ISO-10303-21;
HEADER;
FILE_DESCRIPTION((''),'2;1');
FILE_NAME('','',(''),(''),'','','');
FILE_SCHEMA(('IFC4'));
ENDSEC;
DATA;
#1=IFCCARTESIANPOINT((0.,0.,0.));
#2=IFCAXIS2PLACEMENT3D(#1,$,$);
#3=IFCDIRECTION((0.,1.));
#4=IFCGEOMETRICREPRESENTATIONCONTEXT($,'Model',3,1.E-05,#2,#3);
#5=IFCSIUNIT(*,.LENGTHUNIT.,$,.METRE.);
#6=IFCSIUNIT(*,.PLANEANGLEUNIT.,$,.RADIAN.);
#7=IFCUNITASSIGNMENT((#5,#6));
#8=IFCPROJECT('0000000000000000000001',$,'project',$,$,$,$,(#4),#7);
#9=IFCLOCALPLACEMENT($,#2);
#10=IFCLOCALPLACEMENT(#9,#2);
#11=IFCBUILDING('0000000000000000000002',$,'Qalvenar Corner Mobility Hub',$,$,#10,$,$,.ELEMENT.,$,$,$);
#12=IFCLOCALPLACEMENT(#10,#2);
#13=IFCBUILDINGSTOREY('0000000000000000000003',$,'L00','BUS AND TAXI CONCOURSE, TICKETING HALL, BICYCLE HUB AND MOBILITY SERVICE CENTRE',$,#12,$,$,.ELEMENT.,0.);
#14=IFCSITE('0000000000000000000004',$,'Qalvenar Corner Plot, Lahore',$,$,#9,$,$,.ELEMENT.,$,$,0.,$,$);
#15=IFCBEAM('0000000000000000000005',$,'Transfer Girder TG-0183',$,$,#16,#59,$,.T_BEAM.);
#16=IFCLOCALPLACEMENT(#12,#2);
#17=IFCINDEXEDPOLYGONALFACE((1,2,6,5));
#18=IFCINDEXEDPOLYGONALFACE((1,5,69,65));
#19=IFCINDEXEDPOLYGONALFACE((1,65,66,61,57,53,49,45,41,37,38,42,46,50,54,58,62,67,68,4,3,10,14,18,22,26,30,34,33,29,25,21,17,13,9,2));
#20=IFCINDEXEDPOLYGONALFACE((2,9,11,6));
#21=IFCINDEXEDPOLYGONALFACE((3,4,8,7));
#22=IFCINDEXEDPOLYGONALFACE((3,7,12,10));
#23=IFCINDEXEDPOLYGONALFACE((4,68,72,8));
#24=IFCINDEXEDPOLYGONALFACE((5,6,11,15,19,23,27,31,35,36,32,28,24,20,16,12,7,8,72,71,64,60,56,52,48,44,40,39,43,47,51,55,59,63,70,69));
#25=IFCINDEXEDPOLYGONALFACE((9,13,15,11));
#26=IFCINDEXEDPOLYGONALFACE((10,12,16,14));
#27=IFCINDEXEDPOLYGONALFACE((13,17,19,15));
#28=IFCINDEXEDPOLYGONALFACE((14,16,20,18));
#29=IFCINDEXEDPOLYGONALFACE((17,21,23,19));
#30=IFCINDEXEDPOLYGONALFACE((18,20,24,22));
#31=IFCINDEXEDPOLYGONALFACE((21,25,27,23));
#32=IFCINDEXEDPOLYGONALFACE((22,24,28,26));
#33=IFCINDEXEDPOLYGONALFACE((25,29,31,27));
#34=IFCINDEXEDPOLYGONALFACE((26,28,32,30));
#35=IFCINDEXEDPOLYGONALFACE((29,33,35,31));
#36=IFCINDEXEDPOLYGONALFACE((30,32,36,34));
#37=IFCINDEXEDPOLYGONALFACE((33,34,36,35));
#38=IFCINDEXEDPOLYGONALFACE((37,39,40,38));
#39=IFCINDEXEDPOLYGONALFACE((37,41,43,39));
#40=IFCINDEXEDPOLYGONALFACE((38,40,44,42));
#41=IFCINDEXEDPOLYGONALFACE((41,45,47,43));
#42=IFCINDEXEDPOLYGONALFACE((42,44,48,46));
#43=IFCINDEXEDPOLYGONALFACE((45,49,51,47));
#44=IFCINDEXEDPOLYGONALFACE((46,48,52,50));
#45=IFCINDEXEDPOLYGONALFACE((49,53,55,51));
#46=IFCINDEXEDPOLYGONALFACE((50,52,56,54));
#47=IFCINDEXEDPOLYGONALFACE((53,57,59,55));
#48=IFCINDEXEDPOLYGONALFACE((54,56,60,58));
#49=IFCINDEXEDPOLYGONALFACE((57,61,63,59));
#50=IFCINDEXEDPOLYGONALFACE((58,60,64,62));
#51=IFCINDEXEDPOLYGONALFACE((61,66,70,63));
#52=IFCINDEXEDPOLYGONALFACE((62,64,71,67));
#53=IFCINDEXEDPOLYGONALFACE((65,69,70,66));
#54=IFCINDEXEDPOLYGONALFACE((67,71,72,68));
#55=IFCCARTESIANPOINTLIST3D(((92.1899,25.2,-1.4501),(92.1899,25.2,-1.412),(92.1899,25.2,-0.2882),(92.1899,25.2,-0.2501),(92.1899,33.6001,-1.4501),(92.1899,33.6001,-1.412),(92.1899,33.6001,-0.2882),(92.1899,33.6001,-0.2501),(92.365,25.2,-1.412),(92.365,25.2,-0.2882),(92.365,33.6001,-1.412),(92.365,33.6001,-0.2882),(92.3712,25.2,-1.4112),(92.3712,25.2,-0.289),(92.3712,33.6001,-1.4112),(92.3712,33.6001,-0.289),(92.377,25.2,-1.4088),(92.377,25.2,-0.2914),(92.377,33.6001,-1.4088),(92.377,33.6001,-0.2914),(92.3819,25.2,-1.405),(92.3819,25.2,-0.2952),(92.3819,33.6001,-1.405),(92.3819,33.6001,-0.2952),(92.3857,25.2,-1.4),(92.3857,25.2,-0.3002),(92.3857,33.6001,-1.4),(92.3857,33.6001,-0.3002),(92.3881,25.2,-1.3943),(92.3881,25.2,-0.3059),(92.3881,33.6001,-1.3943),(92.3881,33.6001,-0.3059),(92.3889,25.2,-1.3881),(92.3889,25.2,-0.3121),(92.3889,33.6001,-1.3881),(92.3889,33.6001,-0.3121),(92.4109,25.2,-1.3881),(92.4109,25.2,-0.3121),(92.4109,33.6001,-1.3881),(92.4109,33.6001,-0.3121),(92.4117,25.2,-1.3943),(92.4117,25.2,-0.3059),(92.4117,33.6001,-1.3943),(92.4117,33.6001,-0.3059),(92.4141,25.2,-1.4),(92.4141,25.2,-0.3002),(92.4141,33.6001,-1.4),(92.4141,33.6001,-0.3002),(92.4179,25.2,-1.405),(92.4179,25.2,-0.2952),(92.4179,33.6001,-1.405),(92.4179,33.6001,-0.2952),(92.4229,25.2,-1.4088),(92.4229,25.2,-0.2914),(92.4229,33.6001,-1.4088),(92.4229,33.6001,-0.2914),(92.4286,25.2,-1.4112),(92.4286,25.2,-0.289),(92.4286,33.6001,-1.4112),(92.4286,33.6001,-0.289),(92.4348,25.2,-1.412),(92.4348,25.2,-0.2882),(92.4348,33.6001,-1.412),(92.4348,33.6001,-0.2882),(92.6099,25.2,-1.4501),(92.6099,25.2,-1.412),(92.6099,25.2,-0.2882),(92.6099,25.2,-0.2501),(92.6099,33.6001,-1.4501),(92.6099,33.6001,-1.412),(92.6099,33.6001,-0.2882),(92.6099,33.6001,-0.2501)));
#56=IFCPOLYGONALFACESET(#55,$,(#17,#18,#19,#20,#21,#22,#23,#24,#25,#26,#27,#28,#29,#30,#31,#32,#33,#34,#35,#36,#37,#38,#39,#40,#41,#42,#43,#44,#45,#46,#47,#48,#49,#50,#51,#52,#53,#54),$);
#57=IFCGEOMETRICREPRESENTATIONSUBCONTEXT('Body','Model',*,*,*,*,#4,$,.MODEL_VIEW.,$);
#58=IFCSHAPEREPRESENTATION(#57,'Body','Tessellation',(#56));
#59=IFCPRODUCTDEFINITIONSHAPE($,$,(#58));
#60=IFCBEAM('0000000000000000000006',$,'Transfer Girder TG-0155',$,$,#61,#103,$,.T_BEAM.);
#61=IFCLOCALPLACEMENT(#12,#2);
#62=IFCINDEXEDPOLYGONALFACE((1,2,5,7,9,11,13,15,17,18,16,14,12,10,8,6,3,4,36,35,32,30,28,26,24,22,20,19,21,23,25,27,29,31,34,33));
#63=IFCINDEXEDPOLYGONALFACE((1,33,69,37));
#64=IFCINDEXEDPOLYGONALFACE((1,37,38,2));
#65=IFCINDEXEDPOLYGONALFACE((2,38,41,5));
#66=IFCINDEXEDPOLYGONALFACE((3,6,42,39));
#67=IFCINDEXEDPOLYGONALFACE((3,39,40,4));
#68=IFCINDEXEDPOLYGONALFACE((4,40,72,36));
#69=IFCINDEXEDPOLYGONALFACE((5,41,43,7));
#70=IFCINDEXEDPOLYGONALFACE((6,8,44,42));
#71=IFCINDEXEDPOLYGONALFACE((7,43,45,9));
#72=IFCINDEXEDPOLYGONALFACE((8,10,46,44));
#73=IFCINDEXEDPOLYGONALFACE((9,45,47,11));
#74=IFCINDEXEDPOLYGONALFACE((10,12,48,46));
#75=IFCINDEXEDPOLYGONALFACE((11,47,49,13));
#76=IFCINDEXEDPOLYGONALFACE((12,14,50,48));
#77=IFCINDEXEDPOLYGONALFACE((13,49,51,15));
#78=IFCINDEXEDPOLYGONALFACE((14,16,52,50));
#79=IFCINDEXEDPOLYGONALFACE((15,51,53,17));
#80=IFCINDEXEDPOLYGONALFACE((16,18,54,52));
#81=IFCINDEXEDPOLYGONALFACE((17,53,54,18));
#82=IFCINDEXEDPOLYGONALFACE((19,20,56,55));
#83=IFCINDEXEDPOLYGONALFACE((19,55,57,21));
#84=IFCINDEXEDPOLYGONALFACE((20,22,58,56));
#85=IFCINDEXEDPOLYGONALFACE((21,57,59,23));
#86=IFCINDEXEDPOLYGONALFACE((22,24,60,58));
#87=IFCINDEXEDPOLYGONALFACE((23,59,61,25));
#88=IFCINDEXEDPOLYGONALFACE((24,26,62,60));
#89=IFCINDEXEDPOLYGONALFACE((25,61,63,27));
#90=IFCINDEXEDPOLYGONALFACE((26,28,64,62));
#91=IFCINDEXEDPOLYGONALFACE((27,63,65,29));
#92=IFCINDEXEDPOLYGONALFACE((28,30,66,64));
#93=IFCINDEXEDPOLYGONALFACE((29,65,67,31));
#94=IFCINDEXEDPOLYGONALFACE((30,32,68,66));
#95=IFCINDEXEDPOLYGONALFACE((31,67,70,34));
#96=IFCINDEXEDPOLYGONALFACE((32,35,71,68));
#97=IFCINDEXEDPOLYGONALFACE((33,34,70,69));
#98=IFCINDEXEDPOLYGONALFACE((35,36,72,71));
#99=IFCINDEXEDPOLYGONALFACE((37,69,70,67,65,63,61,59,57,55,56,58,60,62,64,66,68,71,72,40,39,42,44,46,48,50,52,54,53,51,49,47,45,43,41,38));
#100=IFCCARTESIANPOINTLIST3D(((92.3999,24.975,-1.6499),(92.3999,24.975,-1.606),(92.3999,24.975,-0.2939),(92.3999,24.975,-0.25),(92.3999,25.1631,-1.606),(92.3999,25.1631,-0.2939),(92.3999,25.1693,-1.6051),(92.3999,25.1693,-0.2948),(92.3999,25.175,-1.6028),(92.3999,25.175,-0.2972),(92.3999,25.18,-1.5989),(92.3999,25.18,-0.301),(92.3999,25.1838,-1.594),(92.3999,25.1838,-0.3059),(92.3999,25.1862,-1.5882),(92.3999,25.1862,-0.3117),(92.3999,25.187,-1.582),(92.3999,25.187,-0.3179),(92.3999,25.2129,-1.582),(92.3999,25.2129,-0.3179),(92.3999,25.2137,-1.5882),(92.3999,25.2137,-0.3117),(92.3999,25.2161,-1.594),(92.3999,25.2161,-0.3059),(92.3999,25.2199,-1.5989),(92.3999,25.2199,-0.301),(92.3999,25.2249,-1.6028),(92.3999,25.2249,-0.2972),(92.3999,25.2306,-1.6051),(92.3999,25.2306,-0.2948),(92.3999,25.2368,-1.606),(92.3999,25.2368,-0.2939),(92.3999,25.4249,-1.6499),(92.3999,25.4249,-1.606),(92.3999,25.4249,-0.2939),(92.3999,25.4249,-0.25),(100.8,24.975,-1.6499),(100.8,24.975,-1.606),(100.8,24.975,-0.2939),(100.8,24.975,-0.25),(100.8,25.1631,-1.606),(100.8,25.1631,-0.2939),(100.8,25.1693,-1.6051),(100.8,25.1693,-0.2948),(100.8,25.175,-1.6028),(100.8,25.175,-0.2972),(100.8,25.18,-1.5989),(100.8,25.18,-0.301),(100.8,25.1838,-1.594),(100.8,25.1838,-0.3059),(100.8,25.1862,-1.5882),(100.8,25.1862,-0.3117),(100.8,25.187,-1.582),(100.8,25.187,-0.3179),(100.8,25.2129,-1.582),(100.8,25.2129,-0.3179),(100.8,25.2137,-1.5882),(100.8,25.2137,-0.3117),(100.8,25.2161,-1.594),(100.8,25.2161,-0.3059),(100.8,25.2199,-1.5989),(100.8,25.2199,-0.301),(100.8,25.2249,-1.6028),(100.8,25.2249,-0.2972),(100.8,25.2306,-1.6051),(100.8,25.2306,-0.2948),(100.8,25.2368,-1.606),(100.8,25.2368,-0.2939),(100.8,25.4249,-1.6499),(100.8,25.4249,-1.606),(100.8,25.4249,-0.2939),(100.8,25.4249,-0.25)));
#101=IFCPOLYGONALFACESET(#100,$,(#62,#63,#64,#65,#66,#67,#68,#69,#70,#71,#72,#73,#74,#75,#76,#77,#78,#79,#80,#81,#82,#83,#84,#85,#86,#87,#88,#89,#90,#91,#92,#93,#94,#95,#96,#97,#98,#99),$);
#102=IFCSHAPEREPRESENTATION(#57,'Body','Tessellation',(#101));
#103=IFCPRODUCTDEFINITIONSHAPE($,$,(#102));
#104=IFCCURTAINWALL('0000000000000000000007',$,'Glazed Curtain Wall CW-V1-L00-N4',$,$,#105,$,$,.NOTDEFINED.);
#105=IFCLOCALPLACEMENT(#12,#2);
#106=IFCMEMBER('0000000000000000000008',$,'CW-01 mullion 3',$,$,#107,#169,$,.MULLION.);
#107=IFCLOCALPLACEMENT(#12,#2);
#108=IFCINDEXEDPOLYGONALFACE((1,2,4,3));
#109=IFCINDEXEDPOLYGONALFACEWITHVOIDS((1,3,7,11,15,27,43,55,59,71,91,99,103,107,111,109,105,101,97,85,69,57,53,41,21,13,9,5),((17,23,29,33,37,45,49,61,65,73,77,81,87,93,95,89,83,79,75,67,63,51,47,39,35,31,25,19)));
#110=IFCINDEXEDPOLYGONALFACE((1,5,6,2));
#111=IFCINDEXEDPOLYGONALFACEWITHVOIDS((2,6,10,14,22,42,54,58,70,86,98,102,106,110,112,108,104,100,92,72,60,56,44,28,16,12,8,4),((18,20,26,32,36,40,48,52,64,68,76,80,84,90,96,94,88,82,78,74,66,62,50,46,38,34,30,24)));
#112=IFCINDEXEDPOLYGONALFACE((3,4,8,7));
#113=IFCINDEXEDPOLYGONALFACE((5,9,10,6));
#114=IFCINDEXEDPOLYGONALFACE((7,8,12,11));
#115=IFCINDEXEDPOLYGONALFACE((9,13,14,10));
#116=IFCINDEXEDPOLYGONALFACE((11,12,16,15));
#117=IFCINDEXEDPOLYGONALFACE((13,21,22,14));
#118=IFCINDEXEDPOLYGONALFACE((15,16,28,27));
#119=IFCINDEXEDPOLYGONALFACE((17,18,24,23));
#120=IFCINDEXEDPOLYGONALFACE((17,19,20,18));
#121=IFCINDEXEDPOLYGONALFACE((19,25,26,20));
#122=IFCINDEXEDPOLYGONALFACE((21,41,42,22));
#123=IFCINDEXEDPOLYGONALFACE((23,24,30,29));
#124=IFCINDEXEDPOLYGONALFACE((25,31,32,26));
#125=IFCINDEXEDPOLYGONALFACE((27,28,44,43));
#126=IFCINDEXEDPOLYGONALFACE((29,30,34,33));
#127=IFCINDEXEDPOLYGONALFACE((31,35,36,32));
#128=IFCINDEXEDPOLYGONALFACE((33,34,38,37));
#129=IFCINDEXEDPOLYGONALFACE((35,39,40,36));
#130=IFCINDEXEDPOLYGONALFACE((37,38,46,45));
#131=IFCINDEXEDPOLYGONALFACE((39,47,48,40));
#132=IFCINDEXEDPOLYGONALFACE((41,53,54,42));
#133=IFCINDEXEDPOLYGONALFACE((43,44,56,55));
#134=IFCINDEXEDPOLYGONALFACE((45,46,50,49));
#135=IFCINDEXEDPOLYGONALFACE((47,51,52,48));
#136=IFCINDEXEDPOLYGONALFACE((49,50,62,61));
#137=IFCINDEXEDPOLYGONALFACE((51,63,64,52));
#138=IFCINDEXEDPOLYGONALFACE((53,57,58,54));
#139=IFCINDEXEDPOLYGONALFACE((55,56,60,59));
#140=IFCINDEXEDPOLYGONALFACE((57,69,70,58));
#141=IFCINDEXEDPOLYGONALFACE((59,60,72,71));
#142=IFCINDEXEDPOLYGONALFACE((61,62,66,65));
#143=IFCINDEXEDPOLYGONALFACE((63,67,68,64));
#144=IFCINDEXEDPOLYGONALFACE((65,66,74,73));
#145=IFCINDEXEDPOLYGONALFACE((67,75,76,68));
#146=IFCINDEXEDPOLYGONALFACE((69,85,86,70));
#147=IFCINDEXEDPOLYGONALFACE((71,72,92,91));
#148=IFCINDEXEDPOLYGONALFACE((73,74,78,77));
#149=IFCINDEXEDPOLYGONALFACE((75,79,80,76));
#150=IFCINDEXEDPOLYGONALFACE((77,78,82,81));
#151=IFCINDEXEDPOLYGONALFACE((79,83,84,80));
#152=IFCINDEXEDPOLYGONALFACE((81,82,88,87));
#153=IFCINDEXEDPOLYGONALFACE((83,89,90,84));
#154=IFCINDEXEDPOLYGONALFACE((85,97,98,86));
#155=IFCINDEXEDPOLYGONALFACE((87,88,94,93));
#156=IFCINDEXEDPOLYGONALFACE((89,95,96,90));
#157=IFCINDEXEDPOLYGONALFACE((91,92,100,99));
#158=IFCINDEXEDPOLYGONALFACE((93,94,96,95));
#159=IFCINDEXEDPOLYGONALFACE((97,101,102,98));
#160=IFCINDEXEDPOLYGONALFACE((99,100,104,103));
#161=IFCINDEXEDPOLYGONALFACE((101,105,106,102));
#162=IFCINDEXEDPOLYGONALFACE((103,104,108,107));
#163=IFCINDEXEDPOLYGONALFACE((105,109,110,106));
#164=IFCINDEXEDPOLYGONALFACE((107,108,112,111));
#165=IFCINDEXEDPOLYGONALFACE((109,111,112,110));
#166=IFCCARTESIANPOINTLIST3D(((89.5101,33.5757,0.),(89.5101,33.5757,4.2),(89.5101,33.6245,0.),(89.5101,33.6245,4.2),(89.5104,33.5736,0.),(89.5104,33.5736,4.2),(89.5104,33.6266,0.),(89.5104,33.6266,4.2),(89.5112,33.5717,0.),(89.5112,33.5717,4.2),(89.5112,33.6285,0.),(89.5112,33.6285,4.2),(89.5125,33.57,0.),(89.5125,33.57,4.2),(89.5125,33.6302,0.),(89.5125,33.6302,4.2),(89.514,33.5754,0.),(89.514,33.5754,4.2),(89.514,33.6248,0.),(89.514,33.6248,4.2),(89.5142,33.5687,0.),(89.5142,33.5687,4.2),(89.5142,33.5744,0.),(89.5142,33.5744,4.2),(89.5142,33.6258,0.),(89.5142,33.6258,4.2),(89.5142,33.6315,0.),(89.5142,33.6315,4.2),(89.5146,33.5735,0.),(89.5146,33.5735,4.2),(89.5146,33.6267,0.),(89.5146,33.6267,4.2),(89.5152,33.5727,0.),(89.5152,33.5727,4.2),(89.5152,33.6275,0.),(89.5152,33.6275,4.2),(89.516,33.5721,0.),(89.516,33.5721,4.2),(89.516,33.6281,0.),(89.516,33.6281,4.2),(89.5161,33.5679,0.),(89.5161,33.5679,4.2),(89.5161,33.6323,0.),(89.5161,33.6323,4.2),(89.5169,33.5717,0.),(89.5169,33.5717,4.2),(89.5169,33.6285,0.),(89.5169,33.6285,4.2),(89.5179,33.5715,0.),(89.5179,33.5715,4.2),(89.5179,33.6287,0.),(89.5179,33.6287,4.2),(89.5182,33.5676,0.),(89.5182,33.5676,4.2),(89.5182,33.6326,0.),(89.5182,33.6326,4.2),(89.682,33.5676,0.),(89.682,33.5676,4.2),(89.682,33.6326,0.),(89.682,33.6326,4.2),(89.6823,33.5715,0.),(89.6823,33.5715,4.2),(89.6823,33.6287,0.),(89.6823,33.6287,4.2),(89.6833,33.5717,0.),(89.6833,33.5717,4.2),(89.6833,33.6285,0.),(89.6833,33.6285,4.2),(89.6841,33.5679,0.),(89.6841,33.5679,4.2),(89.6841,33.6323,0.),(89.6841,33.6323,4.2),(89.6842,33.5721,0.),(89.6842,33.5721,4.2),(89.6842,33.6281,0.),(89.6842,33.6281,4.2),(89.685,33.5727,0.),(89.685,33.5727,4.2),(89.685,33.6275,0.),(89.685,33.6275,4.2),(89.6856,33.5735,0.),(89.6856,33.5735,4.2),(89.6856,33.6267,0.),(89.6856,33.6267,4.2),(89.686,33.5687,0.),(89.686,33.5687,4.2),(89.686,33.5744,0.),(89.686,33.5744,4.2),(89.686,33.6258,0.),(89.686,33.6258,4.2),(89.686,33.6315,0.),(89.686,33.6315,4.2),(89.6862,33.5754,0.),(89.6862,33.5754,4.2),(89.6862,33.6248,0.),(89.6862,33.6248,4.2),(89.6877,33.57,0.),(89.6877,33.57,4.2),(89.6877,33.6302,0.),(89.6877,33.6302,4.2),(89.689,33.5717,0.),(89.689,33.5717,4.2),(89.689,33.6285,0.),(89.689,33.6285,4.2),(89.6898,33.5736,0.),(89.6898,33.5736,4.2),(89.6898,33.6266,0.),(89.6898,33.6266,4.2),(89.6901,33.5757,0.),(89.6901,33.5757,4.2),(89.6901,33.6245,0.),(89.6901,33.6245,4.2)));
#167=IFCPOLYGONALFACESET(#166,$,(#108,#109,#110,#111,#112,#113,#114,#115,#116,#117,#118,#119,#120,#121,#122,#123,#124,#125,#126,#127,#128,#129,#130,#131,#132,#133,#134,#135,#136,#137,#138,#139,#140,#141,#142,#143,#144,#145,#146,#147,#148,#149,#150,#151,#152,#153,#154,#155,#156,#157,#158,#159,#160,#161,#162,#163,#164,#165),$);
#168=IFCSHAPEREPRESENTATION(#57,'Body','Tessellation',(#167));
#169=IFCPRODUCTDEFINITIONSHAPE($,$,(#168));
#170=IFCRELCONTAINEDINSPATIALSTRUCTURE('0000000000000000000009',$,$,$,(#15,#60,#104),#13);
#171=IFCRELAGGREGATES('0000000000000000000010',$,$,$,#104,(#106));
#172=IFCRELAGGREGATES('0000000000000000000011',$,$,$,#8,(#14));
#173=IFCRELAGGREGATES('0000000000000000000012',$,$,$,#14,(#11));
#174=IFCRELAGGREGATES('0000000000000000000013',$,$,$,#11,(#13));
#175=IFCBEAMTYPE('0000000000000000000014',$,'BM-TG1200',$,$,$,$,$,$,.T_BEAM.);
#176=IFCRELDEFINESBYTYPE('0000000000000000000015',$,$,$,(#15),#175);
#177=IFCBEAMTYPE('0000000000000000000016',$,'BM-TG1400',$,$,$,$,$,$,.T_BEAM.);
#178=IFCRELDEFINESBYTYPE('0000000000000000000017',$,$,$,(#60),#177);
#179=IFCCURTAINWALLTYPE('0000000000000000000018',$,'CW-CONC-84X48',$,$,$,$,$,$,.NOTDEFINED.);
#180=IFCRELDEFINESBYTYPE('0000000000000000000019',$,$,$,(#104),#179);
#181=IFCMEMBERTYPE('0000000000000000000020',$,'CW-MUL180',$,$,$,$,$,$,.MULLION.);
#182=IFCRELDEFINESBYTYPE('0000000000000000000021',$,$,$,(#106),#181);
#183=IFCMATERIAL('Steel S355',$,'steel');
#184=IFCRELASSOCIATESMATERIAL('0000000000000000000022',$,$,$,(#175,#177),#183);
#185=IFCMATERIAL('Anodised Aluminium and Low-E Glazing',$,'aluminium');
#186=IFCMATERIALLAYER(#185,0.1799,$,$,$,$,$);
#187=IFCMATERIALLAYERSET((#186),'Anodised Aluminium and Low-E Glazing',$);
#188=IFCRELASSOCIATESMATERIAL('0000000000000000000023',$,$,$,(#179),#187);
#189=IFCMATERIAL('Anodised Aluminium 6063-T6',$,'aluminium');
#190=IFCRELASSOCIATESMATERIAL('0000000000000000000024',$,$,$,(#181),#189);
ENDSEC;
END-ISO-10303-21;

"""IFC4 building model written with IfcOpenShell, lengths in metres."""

from ifc_helpers import new_model, si_unit, direction, frame, origin, origin_2d, place, context, subcontext, project, spatial, hollow_rectangle, i_section, extrude, material, layer, layer_set, material_profile, profile_set, type_object, element, aggregate, save


model = new_model("IFC4")

# Units and contexts
model_context = context("Model", 3, precision=1e-05, world=origin(), true_north=direction((0.0, 1.0)))
body_context = subcontext(model_context, "Body", "Model", "MODEL_VIEW")
ifc_project = project(units=[si_unit("LENGTHUNIT", "METRE"), si_unit("PLANEANGLEUNIT", "RADIAN")], contexts=[model_context])

# Site, building, storey
site_placement = place(None, origin())
site = spatial("IfcSite", under=ifc_project, at=site_placement, Name="Qalvenar Corner Plot, Lahore", CompositionType="ELEMENT", RefElevation=0.0)
building_placement = place(site_placement, origin())
building = spatial("IfcBuilding", under=site, at=building_placement, Name="Qalvenar Corner Mobility Hub", CompositionType="ELEMENT")
storey_placement = place(building_placement, origin())
storey = spatial("IfcBuildingStorey", under=building, at=storey_placement, Name="L00", Description="BUS AND TAXI CONCOURSE, TICKETING HALL, BICYCLE HUB AND MOBILITY SERVICE CENTRE", CompositionType="ELEMENT", Elevation=0.0)

# Shared definitions
ifc_material_1 = material(Name="Steel S355", Category="steel")

# Beams
ifc_material_profile_1 = material_profile(ifc_material_1, i_section(OverallWidth=0.4199, OverallDepth=1.2, WebThickness=0.022, FlangeThickness=0.0381, FilletRadius=0.0239, at=origin_2d()), Name="W1100x390-TG1200")
ifc_profile_set_1 = profile_set([ifc_material_profile_1], Name="Steel S355")
beam_type_1 = type_object("IfcBeamType", Name="BM-TG1200", PredefinedType="T_BEAM", material=ifc_profile_set_1)
beam_1_placement = place(storey_placement, frame((92.3999, 25.2, -0.8501), z_axis=(0.0, 1.0, 0.0), x_axis=(-1.0, 0.0, 0.0)))
element("IfcBeam", 1, at=beam_1_placement, inside=storey, type_object=beam_type_1, Name="Transfer Girder TG-0183", PredefinedType="T_BEAM", context=body_context, shape_type="SweptSolid", body=[
    extrude(i_section(OverallWidth=0.4199, OverallDepth=1.2, WebThickness=0.022, FlangeThickness=0.0381, FilletRadius=0.0239, at=origin_2d()), origin(), (0.0, 0.0, 1.0), 8.4001),
])
ifc_material_profile_2 = material_profile(ifc_material_1, i_section(OverallWidth=0.45, OverallDepth=1.3999, WebThickness=0.0259, FlangeThickness=0.0439, FilletRadius=0.0239, at=origin_2d()), Name="W1100x499-TG1400")
ifc_profile_set_2 = profile_set([ifc_material_profile_2], Name="Steel S355")
beam_type_2 = type_object("IfcBeamType", Name="BM-TG1400", PredefinedType="T_BEAM", material=ifc_profile_set_2)
beam_2_placement = place(storey_placement, frame((92.3999, 25.2, -0.95), z_axis=(1.0, 0.0, 0.0), x_axis=(0.0, 1.0, 0.0)))
element("IfcBeam", 2, at=beam_2_placement, inside=storey, type_object=beam_type_2, Name="Transfer Girder TG-0155", PredefinedType="T_BEAM", context=body_context, shape_type="SweptSolid", body=[
    extrude(i_section(OverallWidth=0.45, OverallDepth=1.3999, WebThickness=0.0259, FlangeThickness=0.0439, FilletRadius=0.0239, at=origin_2d()), origin(), (0.0, 0.0, 1.0), 8.4001),
])

# Curtain wall, member
ifc_material_2 = material(Name="Anodised Aluminium and Low-E Glazing", Category="aluminium")
ifc_layer_1 = layer(ifc_material_2, 0.1799)
ifc_layer_set_1 = layer_set([ifc_layer_1], Name="Anodised Aluminium and Low-E Glazing")
curtain_wall_type = type_object("IfcCurtainWallType", Name="CW-CONC-84X48", PredefinedType="NOTDEFINED", material=ifc_layer_set_1)
curtain_wall_placement = place(storey_placement, origin())
curtain_wall = element("IfcCurtainWall", 3, at=curtain_wall_placement, inside=storey, type_object=curtain_wall_type, Name="Glazed Curtain Wall CW-V1-L00-N4", PredefinedType="NOTDEFINED")
ifc_material_3 = material(Name="Anodised Aluminium 6063-T6", Category="aluminium")
ifc_material_profile_3 = material_profile(ifc_material_3, hollow_rectangle(XDim=0.0649, YDim=0.1799, WallThickness=0.0039, InnerFilletRadius=0.0039, OuterFilletRadius=0.0081, at=origin_2d()), Name="RHS180x65x4")
ifc_profile_set_3 = profile_set([ifc_material_profile_3], Name="Anodised Aluminium 6063-T6")
member_type_1 = type_object("IfcMemberType", Name="CW-MUL180", PredefinedType="MULLION", material=ifc_profile_set_3)
member_1_placement = place(storey_placement, frame((89.6001, 33.6001, 0.0), z_axis=(0.0, 0.0, 1.0), x_axis=(0.0, -1.0, 0.0)))
member_1 = element("IfcMember", 4, at=member_1_placement, type_object=member_type_1, Name="CW-01 mullion 3", PredefinedType="MULLION", context=body_context, shape_type="SweptSolid", body=[
    extrude(hollow_rectangle(XDim=0.0649, YDim=0.1799, WallThickness=0.0039, InnerFilletRadius=0.0039, OuterFilletRadius=0.0081, at=origin_2d()), origin(), (0.0, 0.0, 1.0), 4.2),
])

aggregate(curtain_wall, [member_1])

save(model, "model.ifc")
